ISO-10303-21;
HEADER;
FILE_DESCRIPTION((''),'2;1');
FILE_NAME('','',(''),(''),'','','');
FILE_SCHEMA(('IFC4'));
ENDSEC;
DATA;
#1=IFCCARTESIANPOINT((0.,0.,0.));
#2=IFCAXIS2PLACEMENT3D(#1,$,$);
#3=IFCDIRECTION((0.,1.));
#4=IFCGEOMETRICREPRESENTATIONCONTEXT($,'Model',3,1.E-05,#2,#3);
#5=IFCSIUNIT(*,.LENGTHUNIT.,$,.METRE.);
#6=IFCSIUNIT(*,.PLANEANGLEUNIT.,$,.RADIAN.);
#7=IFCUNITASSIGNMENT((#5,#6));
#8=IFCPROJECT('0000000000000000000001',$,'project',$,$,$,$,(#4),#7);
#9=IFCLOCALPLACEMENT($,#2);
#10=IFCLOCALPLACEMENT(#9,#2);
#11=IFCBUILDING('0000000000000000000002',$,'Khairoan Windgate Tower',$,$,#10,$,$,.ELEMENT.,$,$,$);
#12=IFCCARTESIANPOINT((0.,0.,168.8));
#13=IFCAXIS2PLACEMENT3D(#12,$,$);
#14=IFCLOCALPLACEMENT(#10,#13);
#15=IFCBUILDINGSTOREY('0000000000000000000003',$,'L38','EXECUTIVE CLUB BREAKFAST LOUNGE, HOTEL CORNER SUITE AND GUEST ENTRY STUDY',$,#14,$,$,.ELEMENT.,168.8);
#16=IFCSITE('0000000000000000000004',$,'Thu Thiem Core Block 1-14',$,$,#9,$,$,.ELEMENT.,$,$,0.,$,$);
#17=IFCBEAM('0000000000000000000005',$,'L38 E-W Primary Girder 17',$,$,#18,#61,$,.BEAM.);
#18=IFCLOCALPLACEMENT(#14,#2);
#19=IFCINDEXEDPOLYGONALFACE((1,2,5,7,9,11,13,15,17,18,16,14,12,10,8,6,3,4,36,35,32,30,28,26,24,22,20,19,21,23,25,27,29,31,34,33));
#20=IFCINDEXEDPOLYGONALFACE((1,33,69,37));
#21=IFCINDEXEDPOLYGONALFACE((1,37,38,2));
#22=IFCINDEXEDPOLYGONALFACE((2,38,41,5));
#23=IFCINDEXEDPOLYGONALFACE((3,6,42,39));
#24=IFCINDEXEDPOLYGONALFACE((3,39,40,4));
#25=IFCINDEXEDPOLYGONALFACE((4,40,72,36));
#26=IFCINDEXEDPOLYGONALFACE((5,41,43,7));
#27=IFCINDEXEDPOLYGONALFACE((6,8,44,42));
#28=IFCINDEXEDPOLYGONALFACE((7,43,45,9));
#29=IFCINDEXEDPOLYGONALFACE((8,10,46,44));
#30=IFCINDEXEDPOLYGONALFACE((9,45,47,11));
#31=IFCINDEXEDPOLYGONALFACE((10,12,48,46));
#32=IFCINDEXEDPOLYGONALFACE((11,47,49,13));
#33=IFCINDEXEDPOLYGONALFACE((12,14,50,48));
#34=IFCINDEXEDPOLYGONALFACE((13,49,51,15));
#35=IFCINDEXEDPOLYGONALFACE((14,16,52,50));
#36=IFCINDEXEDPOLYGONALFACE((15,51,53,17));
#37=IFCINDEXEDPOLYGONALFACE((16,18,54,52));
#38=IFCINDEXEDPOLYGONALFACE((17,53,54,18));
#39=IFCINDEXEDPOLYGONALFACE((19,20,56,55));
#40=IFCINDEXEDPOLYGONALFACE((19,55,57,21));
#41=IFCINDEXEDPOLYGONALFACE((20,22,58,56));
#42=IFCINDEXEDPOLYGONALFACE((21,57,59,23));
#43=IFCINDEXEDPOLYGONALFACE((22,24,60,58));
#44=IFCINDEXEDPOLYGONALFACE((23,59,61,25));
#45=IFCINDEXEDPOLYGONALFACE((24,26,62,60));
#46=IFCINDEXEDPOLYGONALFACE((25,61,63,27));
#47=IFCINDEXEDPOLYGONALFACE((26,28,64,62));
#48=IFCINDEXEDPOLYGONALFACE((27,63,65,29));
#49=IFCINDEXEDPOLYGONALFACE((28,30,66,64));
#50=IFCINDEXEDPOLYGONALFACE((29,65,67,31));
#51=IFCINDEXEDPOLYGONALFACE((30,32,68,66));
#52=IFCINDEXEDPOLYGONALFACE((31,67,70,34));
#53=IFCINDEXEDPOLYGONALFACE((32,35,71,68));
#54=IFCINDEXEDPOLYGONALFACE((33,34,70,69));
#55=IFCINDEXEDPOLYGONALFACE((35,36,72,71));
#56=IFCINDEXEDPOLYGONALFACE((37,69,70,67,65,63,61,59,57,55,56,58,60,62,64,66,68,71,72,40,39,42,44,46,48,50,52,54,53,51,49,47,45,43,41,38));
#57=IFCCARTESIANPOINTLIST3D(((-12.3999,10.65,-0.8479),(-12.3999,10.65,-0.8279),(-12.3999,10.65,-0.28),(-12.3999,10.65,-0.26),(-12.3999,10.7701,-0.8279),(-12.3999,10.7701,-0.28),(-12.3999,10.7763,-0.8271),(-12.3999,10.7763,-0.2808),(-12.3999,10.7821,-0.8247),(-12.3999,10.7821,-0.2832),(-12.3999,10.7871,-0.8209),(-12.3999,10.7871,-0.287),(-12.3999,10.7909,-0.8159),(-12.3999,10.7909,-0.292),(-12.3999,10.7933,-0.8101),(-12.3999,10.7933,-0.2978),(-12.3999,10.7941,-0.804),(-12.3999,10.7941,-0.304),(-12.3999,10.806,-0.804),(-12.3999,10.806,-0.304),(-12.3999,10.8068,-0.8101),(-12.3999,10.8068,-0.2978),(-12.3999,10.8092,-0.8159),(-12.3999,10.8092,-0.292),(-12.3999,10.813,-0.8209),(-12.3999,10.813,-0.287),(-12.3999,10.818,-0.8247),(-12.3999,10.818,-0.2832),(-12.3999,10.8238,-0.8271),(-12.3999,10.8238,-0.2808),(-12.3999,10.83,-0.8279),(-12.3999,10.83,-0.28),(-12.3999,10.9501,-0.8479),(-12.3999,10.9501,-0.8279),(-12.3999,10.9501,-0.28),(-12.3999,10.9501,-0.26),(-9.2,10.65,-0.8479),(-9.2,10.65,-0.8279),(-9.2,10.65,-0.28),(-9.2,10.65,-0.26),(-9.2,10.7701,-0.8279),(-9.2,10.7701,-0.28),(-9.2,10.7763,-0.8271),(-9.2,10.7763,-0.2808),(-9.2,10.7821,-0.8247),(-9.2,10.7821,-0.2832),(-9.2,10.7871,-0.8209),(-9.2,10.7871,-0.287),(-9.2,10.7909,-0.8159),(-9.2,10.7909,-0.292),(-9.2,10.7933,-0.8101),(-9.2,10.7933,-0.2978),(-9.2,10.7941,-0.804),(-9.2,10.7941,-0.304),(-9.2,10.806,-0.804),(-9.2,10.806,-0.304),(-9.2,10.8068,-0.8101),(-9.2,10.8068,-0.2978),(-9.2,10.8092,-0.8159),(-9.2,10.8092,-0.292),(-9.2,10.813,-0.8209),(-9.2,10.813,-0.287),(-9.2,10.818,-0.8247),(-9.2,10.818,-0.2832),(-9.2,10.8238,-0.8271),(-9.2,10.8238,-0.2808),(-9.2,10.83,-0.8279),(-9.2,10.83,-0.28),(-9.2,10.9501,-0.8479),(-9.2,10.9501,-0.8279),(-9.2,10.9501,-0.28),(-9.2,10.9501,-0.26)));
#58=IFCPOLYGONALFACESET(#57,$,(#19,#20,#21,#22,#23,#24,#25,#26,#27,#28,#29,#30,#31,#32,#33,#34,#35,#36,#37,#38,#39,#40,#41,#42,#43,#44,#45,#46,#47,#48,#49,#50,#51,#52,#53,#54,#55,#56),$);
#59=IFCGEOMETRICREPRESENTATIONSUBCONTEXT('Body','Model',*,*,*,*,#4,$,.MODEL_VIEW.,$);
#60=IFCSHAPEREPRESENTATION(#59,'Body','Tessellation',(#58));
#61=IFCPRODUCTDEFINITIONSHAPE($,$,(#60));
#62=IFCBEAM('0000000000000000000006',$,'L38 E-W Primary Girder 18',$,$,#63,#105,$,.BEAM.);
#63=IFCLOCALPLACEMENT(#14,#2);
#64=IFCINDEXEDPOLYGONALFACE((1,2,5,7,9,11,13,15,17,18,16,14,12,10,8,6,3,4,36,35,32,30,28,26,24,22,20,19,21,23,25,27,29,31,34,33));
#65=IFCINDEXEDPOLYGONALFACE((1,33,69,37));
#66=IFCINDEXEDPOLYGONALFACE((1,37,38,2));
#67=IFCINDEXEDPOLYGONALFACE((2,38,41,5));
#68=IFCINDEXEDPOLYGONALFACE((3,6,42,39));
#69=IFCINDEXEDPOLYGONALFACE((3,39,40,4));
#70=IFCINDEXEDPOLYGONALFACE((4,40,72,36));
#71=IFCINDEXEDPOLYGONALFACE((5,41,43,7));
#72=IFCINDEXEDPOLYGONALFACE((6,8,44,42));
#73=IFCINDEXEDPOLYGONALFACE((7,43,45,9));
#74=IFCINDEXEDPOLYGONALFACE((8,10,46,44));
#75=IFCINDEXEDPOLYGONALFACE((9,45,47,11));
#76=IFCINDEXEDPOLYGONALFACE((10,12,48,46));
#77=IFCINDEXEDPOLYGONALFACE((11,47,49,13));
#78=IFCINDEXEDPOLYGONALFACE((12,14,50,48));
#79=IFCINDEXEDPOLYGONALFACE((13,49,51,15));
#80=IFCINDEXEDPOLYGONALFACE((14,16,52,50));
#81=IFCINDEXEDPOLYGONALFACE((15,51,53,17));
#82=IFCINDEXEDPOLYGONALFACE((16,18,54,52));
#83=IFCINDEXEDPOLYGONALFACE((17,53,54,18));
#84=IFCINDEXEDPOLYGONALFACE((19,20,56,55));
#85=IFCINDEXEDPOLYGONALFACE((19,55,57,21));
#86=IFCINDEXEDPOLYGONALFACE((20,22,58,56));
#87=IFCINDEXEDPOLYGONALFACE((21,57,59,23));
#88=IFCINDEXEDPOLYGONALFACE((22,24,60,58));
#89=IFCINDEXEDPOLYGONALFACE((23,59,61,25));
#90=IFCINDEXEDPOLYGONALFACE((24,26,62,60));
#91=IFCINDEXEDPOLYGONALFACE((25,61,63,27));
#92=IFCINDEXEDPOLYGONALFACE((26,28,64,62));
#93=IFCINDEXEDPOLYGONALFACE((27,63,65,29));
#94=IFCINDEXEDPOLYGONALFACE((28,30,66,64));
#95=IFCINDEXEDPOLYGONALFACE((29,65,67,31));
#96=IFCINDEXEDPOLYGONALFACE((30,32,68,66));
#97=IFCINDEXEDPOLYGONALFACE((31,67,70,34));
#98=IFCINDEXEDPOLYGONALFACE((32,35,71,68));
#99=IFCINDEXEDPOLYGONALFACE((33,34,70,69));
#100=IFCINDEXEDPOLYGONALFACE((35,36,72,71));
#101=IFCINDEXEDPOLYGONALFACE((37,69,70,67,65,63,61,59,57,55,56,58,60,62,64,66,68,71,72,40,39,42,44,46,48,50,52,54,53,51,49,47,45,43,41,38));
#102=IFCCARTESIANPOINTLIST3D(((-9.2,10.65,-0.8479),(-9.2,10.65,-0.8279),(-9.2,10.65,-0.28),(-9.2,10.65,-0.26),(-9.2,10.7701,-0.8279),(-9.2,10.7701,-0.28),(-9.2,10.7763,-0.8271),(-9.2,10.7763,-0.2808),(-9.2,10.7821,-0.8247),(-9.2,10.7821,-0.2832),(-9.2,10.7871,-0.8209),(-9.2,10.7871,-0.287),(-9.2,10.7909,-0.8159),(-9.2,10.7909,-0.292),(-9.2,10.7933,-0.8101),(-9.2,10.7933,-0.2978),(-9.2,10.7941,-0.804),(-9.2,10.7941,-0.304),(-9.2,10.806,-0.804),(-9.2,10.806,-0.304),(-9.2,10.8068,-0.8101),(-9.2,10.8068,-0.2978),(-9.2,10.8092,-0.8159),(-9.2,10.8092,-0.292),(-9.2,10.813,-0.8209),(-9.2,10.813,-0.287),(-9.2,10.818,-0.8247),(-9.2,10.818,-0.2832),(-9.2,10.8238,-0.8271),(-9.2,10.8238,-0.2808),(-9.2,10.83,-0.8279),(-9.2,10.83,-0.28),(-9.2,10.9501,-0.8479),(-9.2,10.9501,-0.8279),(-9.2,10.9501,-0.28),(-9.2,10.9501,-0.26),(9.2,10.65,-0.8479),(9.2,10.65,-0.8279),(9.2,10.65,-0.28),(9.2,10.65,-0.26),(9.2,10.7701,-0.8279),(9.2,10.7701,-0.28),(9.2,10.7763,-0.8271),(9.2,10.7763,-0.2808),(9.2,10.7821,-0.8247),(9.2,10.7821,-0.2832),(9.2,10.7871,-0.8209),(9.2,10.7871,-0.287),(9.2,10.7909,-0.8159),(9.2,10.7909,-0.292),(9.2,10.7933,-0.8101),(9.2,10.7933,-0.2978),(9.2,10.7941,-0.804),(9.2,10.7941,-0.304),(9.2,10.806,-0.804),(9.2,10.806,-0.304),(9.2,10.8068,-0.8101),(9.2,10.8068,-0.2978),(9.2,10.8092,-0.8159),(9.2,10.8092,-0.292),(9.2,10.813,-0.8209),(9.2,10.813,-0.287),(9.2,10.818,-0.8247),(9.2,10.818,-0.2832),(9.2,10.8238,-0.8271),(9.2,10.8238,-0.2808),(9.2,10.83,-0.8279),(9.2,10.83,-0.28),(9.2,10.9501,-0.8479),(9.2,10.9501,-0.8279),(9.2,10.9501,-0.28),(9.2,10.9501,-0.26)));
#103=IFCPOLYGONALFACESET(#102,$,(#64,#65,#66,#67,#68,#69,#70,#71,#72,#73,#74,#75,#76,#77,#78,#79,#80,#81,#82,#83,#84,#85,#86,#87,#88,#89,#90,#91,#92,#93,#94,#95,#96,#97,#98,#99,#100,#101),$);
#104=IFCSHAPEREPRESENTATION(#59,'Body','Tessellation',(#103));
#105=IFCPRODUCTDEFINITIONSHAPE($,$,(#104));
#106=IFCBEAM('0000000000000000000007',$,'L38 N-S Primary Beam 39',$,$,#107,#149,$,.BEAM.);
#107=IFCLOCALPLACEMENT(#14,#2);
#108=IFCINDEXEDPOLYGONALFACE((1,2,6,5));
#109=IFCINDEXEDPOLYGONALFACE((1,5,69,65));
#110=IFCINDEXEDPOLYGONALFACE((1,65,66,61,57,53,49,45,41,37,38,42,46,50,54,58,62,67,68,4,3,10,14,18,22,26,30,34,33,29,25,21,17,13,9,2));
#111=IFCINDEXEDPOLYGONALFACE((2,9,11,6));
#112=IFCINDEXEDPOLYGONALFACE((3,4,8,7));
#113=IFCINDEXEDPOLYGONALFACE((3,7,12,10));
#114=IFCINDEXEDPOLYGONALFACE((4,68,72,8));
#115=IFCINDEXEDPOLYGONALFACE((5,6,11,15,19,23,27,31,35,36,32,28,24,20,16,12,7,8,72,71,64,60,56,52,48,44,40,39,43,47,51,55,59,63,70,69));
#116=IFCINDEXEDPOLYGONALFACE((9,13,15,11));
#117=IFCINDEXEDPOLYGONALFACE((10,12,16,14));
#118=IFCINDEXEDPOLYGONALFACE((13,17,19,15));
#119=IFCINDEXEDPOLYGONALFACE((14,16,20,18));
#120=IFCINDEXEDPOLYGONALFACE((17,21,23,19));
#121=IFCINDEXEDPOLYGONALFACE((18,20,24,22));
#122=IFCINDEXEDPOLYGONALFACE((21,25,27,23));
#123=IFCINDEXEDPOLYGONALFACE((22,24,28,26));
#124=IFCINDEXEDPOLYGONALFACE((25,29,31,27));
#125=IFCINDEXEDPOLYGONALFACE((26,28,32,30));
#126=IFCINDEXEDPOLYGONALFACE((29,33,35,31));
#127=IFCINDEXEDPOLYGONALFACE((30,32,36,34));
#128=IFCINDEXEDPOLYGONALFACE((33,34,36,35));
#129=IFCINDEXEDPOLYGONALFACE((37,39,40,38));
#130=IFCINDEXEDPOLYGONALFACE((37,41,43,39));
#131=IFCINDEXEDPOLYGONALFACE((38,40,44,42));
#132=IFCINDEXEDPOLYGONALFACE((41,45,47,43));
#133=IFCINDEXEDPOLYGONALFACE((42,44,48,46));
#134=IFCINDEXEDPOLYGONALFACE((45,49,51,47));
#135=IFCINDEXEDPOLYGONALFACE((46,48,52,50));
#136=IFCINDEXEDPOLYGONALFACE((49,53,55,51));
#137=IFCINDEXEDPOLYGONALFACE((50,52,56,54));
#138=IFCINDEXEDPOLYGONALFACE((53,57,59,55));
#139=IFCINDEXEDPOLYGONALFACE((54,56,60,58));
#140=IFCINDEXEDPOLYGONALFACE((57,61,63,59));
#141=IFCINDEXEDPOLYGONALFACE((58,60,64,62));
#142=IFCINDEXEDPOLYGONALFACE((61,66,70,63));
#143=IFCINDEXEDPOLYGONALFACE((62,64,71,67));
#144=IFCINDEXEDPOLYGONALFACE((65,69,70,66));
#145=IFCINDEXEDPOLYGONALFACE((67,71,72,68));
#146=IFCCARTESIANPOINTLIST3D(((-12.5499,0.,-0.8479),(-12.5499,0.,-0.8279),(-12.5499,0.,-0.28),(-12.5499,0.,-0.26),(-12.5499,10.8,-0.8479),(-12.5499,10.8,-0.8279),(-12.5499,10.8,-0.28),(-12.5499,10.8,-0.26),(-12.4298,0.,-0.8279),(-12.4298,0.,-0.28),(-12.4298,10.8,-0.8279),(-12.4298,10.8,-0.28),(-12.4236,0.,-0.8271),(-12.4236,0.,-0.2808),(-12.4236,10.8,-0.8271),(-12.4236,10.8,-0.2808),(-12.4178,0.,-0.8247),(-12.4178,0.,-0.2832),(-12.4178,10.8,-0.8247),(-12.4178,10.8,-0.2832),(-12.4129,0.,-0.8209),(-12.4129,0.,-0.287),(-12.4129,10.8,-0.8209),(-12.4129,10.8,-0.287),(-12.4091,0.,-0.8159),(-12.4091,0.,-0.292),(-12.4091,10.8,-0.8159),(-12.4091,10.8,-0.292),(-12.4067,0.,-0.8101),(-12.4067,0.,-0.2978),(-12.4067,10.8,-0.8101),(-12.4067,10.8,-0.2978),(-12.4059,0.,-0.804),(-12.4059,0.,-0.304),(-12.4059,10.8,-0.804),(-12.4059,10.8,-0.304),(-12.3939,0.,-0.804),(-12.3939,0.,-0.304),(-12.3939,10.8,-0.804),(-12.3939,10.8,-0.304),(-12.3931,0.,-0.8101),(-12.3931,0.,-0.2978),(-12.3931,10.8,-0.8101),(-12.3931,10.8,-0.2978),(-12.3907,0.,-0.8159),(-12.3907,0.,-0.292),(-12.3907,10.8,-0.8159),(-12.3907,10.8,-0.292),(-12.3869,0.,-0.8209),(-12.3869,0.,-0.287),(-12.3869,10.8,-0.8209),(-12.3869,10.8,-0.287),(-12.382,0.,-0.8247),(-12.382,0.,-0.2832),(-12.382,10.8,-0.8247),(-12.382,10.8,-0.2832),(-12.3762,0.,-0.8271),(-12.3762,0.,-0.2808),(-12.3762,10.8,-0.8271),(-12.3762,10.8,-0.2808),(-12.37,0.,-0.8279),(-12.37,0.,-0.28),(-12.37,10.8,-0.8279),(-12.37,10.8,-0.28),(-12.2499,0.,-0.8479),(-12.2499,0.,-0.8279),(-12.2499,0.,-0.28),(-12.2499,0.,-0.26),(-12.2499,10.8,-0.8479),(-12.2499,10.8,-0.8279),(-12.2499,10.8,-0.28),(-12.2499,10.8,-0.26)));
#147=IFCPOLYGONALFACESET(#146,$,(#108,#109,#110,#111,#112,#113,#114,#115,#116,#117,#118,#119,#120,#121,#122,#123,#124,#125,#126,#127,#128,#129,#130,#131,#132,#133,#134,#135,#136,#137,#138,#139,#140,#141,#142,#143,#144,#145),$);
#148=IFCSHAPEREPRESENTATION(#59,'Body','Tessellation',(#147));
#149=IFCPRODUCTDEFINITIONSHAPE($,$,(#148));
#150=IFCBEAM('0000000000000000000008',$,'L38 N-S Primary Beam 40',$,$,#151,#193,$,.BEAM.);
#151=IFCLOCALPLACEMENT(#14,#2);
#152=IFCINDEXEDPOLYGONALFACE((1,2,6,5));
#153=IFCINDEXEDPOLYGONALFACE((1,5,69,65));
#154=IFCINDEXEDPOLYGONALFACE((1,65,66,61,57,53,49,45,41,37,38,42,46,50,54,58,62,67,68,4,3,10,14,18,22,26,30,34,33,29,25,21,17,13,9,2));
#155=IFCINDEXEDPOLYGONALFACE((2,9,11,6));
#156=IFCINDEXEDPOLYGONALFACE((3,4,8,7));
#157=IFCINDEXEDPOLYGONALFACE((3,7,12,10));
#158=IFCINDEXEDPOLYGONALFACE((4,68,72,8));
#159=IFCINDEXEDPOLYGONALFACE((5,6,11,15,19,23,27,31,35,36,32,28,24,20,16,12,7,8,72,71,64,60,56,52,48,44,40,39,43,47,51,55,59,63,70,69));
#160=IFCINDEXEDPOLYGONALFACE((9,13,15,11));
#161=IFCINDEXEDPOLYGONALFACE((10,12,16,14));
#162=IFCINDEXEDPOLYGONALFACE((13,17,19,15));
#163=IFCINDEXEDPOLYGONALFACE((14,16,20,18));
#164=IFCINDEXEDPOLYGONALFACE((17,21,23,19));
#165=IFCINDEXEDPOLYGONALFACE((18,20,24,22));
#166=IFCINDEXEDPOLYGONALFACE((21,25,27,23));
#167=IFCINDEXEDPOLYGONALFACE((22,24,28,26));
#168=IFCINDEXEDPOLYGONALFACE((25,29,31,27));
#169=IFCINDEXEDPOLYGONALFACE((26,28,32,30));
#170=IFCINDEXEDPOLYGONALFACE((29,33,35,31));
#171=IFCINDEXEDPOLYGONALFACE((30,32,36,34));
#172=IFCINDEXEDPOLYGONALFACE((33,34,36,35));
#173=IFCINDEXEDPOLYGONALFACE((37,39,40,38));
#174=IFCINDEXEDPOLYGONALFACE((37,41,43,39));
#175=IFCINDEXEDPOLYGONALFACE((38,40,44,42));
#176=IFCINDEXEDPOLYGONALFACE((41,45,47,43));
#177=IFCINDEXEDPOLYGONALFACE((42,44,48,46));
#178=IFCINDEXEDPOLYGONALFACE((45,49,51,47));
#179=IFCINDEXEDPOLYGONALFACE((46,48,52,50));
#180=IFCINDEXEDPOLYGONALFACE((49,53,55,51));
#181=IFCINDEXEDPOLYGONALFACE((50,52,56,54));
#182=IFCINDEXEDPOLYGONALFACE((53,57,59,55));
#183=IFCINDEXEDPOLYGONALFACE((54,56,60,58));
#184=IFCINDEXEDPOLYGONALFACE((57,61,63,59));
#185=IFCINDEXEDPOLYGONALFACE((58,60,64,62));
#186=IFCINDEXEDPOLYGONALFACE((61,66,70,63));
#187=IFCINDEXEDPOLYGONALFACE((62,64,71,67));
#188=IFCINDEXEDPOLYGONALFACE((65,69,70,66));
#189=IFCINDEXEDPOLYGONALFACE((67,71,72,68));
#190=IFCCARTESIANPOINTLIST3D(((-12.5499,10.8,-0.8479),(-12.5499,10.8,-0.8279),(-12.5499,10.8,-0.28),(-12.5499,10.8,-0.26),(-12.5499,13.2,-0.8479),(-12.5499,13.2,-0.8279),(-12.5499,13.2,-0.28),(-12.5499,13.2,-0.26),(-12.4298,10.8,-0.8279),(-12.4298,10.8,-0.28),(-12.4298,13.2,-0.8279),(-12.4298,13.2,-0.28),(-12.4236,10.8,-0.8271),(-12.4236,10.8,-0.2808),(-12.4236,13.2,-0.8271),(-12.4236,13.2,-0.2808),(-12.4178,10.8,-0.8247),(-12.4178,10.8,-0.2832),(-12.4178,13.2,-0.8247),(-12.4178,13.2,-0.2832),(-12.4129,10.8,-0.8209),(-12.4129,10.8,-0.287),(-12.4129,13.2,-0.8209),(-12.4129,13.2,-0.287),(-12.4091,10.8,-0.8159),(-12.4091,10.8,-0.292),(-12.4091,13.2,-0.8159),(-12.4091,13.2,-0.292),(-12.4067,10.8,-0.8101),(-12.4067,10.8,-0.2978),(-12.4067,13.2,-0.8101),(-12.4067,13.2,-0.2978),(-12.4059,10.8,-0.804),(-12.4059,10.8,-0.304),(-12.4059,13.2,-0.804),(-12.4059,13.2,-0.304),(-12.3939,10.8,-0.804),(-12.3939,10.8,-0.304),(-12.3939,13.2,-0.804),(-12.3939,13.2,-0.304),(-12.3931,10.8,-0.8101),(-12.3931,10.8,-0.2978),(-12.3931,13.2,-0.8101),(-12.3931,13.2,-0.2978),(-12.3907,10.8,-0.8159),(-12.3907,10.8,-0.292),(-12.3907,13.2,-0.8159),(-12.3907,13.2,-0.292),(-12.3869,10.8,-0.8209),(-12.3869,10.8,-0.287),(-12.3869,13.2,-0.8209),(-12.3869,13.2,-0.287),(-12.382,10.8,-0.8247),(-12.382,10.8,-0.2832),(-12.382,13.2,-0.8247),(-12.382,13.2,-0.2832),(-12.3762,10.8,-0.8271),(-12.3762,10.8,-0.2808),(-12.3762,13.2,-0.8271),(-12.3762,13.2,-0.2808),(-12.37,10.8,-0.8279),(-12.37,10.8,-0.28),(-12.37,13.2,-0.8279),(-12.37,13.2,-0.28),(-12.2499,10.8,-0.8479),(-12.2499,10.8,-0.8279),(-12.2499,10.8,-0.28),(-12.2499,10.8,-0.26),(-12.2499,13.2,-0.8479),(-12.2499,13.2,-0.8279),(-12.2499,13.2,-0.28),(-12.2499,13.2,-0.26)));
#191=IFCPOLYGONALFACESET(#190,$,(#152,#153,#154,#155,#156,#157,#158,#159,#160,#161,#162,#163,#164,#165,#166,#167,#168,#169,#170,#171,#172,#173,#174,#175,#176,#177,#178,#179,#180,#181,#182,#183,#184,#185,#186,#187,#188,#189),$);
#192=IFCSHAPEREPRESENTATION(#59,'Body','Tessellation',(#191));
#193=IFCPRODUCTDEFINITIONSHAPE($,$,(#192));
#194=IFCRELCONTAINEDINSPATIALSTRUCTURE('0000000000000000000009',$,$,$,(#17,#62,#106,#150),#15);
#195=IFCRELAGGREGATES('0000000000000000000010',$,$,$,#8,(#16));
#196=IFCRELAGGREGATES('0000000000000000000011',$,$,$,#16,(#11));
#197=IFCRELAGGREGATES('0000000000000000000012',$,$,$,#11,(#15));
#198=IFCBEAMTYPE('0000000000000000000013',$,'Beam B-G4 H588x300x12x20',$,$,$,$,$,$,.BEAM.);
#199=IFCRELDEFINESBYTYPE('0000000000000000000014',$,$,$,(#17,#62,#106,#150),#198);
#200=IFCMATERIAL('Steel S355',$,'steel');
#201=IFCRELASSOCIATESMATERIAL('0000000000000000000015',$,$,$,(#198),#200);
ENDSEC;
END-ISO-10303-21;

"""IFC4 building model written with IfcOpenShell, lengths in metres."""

from ifc_helpers import new_model, si_unit, direction, frame, origin, origin_2d, place, context, subcontext, project, spatial, i_section, extrude, material, material_profile, profile_set, type_object, element, save


model = new_model("IFC4")

# Units and contexts
model_context = context("Model", 3, precision=1e-05, world=origin(), true_north=direction((0.0, 1.0)))
body_context = subcontext(model_context, "Body", "Model", "MODEL_VIEW")
ifc_project = project(units=[si_unit("LENGTHUNIT", "METRE"), si_unit("PLANEANGLEUNIT", "RADIAN")], contexts=[model_context])

# Site, building, storey
site_placement = place(None, origin())
site = spatial("IfcSite", under=ifc_project, at=site_placement, Name="Thu Thiem Core Block 1-14", CompositionType="ELEMENT", RefElevation=0.0)
building_placement = place(site_placement, origin())
building = spatial("IfcBuilding", under=site, at=building_placement, Name="Khairoan Windgate Tower", CompositionType="ELEMENT")
storey_placement = place(building_placement, frame((0.0, 0.0, 168.8)))
storey = spatial("IfcBuildingStorey", under=building, at=storey_placement, Name="L38", Description="EXECUTIVE CLUB BREAKFAST LOUNGE, HOTEL CORNER SUITE AND GUEST ENTRY STUDY", CompositionType="ELEMENT", Elevation=168.8)

# Beams
ifc_material_1 = material(Name="Steel S355", Category="steel")
ifc_material_profile_1 = material_profile(ifc_material_1, i_section(OverallWidth=0.3, OverallDepth=0.5879, WebThickness=0.012, FlangeThickness=0.02, FilletRadius=0.0239, at=origin_2d()))
ifc_profile_set_1 = profile_set([ifc_material_profile_1], Name="Steel S355")
beam_type_1 = type_object("IfcBeamType", Name="Beam B-G4 H588x300x12x20", PredefinedType="BEAM", material=ifc_profile_set_1)
beam_1_placement = place(storey_placement, frame((-12.3999, 10.8, -0.554), z_axis=(1.0, 0.0, 0.0), x_axis=(0.0, 1.0, 0.0)))
element("IfcBeam", 1, at=beam_1_placement, inside=storey, type_object=beam_type_1, Name="L38 E-W Primary Girder 17", PredefinedType="BEAM", context=body_context, shape_type="SweptSolid", body=[
    extrude(i_section(OverallWidth=0.3, OverallDepth=0.5879, WebThickness=0.012, FlangeThickness=0.02, FilletRadius=0.0239, at=origin_2d()), origin(), (0.0, 0.0, 1.0), 3.2),
])
beam_2_placement = place(storey_placement, frame((-9.2, 10.8, -0.554), z_axis=(1.0, 0.0, 0.0), x_axis=(0.0, 1.0, 0.0)))
element("IfcBeam", 2, at=beam_2_placement, inside=storey, type_object=beam_type_1, Name="L38 E-W Primary Girder 18", PredefinedType="BEAM", context=body_context, shape_type="SweptSolid", body=[
    extrude(i_section(OverallWidth=0.3, OverallDepth=0.5879, WebThickness=0.012, FlangeThickness=0.02, FilletRadius=0.0239, at=origin_2d()), origin(), (0.0, 0.0, 1.0), 18.3999),
])
beam_3_placement = place(storey_placement, frame((-12.3999, 0.0, -0.554), z_axis=(0.0, 1.0, 0.0), x_axis=(-1.0, 0.0, 0.0)))
element("IfcBeam", 3, at=beam_3_placement, inside=storey, type_object=beam_type_1, Name="L38 N-S Primary Beam 39", PredefinedType="BEAM", context=body_context, shape_type="SweptSolid", body=[
    extrude(i_section(OverallWidth=0.3, OverallDepth=0.5879, WebThickness=0.012, FlangeThickness=0.02, FilletRadius=0.0239, at=origin_2d()), origin(), (0.0, 0.0, 1.0), 10.8),
])
beam_4_placement = place(storey_placement, frame((-12.3999, 10.8, -0.554), z_axis=(0.0, 1.0, 0.0), x_axis=(-1.0, 0.0, 0.0)))
element("IfcBeam", 4, at=beam_4_placement, inside=storey, type_object=beam_type_1, Name="L38 N-S Primary Beam 40", PredefinedType="BEAM", context=body_context, shape_type="SweptSolid", body=[
    extrude(i_section(OverallWidth=0.3, OverallDepth=0.5879, WebThickness=0.012, FlangeThickness=0.02, FilletRadius=0.0239, at=origin_2d()), origin(), (0.0, 0.0, 1.0), 2.3999),
])

save(model, "model.ifc")
